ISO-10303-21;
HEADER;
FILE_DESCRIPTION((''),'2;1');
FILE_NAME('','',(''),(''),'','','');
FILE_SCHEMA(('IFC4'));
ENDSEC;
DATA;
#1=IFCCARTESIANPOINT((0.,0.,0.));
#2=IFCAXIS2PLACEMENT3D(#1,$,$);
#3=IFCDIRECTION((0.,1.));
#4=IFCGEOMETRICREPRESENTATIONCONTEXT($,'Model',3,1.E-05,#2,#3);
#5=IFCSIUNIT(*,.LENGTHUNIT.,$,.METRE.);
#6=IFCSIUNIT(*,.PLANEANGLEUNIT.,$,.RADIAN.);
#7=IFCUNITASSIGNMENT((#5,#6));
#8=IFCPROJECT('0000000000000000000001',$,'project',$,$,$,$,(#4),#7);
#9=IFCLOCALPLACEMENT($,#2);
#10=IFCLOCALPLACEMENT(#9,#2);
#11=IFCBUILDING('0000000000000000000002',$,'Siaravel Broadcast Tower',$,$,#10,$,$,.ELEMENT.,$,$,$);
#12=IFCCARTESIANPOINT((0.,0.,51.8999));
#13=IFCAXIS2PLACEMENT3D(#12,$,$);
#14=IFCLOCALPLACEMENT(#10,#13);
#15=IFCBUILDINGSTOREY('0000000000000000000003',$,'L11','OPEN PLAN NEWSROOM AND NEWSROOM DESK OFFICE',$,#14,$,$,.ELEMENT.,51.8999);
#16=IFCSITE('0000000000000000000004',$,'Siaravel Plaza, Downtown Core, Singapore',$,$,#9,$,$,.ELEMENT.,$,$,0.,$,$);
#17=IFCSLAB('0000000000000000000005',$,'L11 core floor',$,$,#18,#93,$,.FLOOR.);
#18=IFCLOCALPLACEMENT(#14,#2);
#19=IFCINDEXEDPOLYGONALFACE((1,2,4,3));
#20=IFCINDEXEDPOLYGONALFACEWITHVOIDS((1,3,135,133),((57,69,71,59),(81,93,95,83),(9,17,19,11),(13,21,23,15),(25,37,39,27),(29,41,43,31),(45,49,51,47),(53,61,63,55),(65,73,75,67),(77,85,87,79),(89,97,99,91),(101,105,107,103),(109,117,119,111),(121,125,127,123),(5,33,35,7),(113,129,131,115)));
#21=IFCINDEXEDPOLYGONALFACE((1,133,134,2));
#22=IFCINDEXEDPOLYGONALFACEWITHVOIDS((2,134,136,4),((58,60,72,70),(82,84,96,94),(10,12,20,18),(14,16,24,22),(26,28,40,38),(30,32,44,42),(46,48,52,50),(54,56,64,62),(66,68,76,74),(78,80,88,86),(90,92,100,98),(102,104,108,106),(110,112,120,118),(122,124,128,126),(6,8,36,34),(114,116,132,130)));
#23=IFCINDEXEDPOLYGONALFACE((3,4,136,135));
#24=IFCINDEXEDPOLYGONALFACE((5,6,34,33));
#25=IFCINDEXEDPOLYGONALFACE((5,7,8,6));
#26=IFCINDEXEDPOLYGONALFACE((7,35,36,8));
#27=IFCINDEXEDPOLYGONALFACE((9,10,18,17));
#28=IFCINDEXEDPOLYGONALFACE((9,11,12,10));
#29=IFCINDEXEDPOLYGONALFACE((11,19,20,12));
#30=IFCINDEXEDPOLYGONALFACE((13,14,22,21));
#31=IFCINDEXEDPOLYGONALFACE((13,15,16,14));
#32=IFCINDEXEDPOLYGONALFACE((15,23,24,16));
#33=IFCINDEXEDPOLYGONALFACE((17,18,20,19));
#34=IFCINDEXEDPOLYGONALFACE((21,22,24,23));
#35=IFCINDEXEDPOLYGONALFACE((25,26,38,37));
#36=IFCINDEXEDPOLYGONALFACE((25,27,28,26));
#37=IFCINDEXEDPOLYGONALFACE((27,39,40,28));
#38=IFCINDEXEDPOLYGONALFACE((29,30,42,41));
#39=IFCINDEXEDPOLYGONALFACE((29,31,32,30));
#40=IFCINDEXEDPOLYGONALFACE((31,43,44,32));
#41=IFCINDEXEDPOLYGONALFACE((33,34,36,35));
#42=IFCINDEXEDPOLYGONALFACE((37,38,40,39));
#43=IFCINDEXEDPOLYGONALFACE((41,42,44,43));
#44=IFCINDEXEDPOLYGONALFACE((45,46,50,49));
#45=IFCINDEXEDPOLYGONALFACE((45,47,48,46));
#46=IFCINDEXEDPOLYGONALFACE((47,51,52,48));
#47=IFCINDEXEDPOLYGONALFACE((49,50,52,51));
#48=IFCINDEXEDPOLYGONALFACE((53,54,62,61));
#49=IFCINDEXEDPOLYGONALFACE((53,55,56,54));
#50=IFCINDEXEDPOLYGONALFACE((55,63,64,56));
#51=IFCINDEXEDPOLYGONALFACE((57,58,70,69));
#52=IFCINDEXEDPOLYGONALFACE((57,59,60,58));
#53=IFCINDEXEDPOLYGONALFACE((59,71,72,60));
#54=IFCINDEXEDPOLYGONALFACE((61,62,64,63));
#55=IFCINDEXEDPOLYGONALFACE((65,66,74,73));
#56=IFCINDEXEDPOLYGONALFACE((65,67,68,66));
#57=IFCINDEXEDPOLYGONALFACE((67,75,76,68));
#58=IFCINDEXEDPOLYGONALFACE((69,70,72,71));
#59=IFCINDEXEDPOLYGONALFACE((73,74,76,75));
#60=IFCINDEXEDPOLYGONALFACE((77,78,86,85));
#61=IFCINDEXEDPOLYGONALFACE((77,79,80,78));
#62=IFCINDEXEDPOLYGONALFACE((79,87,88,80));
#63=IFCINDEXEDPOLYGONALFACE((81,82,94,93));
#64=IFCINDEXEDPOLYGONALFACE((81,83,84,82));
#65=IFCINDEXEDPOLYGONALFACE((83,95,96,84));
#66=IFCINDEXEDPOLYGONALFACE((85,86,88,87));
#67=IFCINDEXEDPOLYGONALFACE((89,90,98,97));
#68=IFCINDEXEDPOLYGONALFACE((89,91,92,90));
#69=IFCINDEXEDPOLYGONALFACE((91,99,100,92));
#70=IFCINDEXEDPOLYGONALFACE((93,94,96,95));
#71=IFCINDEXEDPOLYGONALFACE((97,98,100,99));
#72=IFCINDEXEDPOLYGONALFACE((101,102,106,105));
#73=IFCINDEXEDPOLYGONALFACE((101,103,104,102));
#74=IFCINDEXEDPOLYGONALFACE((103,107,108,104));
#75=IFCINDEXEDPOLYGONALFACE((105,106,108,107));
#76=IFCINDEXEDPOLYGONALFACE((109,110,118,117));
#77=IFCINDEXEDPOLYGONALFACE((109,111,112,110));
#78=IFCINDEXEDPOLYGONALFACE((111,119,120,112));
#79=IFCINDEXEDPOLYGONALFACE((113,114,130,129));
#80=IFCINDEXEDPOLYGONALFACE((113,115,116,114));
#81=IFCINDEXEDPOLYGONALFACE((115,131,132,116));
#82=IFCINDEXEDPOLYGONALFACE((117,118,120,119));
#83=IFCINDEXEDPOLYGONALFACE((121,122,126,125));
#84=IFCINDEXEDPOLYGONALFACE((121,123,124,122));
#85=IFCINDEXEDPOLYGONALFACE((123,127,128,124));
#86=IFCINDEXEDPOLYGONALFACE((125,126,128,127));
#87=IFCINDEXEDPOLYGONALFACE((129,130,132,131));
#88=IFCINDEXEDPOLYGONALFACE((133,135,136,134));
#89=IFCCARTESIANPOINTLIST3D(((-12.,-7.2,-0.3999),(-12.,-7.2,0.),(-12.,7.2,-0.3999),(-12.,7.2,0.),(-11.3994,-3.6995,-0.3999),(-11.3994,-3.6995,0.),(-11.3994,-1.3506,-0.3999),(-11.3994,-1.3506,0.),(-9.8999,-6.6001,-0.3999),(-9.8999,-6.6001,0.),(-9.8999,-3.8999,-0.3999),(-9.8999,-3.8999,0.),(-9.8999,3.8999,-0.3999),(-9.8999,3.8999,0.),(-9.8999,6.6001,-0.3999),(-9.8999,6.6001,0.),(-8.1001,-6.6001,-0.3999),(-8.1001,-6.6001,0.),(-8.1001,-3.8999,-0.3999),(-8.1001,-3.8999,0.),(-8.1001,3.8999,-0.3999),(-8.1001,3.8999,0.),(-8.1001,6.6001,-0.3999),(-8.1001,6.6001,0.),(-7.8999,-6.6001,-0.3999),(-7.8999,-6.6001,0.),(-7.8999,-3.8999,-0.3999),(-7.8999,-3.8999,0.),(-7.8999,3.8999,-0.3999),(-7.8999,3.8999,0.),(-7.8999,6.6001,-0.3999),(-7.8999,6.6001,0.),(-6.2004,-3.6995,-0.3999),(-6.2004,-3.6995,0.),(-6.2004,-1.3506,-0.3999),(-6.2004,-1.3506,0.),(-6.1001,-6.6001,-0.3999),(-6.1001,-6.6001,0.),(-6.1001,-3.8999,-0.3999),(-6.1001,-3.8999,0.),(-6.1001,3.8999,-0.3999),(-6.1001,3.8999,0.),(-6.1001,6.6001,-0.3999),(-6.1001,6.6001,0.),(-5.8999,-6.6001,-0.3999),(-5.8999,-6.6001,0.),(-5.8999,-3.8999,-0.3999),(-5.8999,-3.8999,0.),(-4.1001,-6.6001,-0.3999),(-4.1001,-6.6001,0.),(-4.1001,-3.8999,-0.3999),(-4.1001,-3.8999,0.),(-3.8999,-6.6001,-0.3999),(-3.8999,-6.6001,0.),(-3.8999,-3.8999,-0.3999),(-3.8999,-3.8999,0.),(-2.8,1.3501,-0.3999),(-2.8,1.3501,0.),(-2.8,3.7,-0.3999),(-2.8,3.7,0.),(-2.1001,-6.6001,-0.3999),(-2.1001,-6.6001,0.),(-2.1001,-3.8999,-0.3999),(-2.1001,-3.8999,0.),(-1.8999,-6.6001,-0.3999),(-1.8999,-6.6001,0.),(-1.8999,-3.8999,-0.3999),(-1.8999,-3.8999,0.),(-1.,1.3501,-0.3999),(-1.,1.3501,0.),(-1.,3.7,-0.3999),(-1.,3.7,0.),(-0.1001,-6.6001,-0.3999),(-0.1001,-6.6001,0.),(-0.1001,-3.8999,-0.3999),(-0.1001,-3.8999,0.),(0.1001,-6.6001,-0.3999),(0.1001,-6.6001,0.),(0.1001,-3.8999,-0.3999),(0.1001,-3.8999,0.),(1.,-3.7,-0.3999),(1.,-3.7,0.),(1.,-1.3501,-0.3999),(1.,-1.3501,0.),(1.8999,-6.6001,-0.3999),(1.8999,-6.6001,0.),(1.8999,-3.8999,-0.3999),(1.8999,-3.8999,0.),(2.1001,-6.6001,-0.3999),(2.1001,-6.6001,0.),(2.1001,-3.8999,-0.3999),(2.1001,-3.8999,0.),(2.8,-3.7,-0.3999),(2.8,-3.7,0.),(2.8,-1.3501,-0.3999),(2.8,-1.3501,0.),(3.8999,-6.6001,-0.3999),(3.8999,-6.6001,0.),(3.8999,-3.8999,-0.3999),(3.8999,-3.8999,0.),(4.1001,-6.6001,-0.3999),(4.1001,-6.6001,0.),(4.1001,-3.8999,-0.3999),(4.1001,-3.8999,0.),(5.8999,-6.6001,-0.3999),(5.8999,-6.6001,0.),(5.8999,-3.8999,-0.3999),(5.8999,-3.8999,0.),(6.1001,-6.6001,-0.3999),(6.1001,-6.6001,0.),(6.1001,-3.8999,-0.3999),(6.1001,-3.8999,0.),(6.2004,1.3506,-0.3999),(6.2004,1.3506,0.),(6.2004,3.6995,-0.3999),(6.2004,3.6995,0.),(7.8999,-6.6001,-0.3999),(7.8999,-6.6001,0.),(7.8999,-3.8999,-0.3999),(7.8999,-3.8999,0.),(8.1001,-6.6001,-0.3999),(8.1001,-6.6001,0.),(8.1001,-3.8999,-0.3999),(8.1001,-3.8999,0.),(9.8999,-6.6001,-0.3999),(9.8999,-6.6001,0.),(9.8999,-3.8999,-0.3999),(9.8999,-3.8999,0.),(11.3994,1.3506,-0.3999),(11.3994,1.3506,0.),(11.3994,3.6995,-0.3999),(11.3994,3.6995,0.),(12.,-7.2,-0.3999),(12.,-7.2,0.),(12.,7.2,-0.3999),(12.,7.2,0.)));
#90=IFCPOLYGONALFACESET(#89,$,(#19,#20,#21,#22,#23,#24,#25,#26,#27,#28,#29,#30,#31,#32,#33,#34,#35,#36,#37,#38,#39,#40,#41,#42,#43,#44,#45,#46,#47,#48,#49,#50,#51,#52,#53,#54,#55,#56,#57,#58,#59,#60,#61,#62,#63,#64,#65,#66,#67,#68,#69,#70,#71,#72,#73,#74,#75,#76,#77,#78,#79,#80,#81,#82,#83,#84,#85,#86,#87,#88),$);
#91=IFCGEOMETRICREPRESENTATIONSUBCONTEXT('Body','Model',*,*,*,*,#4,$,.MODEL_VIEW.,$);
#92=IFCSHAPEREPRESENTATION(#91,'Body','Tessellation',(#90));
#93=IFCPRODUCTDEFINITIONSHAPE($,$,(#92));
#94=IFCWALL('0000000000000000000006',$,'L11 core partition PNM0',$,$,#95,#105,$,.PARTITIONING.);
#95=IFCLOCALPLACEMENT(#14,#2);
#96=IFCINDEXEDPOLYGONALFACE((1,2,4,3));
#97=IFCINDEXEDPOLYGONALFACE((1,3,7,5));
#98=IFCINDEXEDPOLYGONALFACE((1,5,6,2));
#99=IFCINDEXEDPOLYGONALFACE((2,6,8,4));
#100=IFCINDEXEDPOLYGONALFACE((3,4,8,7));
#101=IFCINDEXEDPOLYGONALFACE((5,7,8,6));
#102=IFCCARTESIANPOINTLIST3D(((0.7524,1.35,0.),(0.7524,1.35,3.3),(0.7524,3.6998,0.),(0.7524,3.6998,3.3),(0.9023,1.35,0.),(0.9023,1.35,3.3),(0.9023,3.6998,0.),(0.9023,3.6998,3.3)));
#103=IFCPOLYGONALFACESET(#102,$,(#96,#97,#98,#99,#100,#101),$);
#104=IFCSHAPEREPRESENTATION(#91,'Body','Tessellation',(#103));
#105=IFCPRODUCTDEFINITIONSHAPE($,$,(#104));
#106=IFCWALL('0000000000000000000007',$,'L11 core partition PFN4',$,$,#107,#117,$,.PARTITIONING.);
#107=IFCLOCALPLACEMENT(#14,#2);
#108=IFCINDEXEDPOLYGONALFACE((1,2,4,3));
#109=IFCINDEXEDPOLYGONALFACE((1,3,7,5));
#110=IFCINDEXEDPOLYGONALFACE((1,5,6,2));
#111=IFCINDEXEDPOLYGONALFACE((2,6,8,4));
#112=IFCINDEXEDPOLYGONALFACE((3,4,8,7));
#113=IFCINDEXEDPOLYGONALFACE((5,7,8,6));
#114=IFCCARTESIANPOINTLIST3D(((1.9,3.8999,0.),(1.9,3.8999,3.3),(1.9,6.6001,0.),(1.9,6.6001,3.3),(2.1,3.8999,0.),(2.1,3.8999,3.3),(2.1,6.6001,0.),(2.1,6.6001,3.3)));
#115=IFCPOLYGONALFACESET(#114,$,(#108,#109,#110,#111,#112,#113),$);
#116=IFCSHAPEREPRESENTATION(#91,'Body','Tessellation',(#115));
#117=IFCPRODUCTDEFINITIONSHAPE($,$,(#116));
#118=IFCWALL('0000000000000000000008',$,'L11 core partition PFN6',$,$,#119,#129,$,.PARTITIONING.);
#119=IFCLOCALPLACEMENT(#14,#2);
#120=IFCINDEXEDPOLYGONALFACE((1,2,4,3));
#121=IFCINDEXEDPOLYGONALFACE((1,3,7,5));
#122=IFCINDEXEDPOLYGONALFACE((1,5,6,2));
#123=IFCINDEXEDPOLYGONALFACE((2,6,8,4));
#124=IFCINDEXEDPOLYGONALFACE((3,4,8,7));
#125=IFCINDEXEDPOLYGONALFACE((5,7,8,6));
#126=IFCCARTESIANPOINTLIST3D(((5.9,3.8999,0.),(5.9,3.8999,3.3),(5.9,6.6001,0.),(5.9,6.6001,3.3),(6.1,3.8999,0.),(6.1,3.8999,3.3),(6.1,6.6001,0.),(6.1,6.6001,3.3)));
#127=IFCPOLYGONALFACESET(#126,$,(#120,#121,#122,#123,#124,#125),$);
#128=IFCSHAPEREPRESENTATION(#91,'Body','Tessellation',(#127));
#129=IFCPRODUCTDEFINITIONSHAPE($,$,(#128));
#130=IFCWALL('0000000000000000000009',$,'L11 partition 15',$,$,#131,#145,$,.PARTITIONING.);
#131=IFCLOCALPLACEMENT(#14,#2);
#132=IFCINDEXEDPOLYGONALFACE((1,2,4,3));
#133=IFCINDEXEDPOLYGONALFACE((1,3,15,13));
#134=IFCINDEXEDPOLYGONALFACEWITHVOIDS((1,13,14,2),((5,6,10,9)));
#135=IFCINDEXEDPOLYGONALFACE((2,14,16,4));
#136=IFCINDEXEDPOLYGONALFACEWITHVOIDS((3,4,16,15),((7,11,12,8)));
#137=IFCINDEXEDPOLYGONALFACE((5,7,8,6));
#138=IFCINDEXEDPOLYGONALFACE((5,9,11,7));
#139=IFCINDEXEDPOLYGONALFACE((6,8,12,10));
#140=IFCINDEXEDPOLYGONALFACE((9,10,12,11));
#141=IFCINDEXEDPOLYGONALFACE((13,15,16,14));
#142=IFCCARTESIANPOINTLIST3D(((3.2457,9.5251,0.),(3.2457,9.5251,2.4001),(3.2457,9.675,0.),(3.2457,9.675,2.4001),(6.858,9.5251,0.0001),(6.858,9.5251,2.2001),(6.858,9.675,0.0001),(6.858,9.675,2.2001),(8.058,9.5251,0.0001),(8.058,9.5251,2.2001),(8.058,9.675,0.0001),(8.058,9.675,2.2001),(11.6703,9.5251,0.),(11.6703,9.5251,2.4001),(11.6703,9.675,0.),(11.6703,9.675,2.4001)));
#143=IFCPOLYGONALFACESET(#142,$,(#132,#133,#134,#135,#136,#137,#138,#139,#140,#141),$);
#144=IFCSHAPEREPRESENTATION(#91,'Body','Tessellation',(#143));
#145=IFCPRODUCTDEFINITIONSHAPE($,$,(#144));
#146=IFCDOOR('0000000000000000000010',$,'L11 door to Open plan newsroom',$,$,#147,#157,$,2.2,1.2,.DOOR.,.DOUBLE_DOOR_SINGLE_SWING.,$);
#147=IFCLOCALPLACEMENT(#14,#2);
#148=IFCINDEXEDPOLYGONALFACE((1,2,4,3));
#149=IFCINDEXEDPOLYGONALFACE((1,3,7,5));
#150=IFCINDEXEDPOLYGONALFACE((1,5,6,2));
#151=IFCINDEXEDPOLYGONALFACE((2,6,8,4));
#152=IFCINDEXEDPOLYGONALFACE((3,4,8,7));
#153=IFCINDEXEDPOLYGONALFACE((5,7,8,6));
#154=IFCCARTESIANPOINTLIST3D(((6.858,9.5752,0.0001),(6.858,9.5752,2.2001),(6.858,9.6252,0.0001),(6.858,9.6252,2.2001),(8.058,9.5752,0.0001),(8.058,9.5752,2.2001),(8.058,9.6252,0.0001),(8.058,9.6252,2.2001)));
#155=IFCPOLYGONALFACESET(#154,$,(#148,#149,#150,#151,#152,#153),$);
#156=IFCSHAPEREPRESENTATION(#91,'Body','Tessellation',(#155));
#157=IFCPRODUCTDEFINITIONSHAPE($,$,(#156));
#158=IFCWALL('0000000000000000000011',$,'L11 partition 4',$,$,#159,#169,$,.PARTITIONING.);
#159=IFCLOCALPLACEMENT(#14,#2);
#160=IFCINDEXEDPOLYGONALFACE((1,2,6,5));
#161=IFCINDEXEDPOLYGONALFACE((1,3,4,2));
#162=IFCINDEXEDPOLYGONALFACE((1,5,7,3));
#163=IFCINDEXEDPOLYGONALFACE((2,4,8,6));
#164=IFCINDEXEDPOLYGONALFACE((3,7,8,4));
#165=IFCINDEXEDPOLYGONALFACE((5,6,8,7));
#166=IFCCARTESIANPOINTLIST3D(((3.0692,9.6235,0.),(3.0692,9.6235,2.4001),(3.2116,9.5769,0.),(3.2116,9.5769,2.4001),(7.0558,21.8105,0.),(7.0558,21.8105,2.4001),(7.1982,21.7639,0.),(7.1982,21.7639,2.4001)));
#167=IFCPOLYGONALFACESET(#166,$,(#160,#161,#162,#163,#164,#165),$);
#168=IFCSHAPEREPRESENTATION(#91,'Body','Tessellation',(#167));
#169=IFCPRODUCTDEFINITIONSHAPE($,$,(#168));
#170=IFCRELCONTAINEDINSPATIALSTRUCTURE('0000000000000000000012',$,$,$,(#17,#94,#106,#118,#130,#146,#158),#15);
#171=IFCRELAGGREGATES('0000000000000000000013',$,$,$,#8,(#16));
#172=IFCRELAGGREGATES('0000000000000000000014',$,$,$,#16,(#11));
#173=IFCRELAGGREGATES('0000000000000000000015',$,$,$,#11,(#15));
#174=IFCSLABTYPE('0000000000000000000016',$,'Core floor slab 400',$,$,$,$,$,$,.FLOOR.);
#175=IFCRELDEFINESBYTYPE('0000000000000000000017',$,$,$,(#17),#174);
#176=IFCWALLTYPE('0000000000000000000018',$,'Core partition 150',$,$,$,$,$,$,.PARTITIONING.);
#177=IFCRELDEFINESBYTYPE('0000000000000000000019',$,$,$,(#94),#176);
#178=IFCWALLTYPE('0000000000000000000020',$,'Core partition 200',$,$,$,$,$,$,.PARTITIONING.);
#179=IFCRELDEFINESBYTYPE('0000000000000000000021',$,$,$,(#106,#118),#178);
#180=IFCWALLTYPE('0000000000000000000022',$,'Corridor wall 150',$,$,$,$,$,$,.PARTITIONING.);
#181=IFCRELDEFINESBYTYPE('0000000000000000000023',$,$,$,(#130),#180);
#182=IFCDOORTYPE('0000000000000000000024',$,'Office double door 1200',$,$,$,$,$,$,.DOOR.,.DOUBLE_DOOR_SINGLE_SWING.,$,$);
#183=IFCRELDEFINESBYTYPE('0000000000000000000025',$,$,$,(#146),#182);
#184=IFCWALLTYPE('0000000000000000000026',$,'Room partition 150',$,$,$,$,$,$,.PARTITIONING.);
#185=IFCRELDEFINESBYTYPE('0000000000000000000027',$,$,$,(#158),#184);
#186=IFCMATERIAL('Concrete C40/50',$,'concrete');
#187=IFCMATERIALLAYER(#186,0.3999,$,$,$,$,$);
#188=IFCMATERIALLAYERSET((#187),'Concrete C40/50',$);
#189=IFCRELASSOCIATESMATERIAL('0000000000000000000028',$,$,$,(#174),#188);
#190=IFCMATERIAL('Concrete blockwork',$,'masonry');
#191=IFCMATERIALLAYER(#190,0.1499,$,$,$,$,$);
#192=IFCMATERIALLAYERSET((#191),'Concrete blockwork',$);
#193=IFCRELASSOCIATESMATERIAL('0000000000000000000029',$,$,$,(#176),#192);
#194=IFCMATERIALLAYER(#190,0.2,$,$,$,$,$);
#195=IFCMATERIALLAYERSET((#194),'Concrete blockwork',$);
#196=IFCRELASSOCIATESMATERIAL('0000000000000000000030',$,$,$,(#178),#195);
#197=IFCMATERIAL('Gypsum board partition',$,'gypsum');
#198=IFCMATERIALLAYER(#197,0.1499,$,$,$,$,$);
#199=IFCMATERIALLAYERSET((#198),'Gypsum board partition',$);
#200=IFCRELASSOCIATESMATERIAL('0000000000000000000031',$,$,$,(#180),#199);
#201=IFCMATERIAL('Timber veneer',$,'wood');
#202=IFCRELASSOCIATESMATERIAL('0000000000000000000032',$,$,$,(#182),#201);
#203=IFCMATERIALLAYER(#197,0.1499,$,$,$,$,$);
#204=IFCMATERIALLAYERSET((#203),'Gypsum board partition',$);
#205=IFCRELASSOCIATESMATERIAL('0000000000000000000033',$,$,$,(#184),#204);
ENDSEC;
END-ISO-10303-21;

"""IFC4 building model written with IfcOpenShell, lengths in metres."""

from ifc_helpers import new_model, si_unit, direction, frame, frame_2d, origin, place, context, subcontext, project, spatial, polyline, rectangle, outline, extrude, material, layer, layer_set, type_object, element, fill, save


model = new_model("IFC4")

# Units and contexts
model_context = context("Model", 3, precision=1e-05, world=origin(), true_north=direction((0.0, 1.0)))
body_context = subcontext(model_context, "Body", "Model", "MODEL_VIEW")
ifc_project = project(units=[si_unit("LENGTHUNIT", "METRE"), si_unit("PLANEANGLEUNIT", "RADIAN")], contexts=[model_context])

# Site, building, storey
site_placement = place(None, origin())
site = spatial("IfcSite", under=ifc_project, at=site_placement, Name="Siaravel Plaza, Downtown Core, Singapore", CompositionType="ELEMENT", RefElevation=0.0)
building_placement = place(site_placement, origin())
building = spatial("IfcBuilding", under=site, at=building_placement, Name="Siaravel Broadcast Tower", CompositionType="ELEMENT")
storey_placement = place(building_placement, frame((0.0, 0.0, 51.8999)))
storey = spatial("IfcBuildingStorey", under=building, at=storey_placement, Name="L11", Description="OPEN PLAN NEWSROOM AND NEWSROOM DESK OFFICE", CompositionType="ELEMENT", Elevation=51.8999)

# Slab
ifc_material_1 = material(Name="Concrete C40/50", Category="concrete")
ifc_layer_1 = layer(ifc_material_1, 0.3999)
ifc_layer_set_1 = layer_set([ifc_layer_1], Name="Concrete C40/50")
slab_type = type_object("IfcSlabType", Name="Core floor slab 400", PredefinedType="FLOOR", material=ifc_layer_set_1)
slab_placement = place(storey_placement, frame((0.0, 0.0, -0.3999)))
element("IfcSlab", 1, at=slab_placement, inside=storey, type_object=slab_type, Name="L11 core floor", PredefinedType="FLOOR", context=body_context, shape_type="SweptSolid", body=[
    extrude(outline(polyline([(-12.0, -7.2), (-12.0, 7.2), (12.0, 7.2), (12.0, -7.2), (-12.0, -7.2)]), holes=[polyline([(11.3994, 1.3506), (11.3994, 3.6995), (6.2004, 3.6995), (6.2004, 1.3506), (11.3994, 1.3506)]), polyline([(9.8999, -3.8999), (8.1001, -3.8999), (8.1001, -6.6001), (9.8999, -6.6001), (9.8999, -3.8999)]), polyline([(7.8999, -3.8999), (6.1001, -3.8999), (6.1001, -6.6001), (7.8999, -6.6001), (7.8999, -3.8999)]), polyline([(5.8999, -3.8999), (4.1001, -3.8999), (4.1001, -6.6001), (5.8999, -6.6001), (5.8999, -3.8999)]), polyline([(3.8999, -3.8999), (2.1001, -3.8999), (2.1001, -6.6001), (3.8999, -6.6001), (3.8999, -3.8999)]), polyline([(2.8, -1.3501), (1.0, -1.3501), (1.0, -3.7), (2.8, -3.7), (2.8, -1.3501)]), polyline([(1.8999, -3.8999), (0.1001, -3.8999), (0.1001, -6.6001), (1.8999, -6.6001), (1.8999, -3.8999)]), polyline([(-0.1001, -3.8999), (-1.8999, -3.8999), (-1.8999, -6.6001), (-0.1001, -6.6001), (-0.1001, -3.8999)]), polyline([(-1.0, 3.7), (-2.8, 3.7), (-2.8, 1.3501), (-1.0, 1.3501), (-1.0, 3.7)]), polyline([(-2.1001, -3.8999), (-3.8999, -3.8999), (-3.8999, -6.6001), (-2.1001, -6.6001), (-2.1001, -3.8999)]), polyline([(-4.1001, -3.8999), (-5.8999, -3.8999), (-5.8999, -6.6001), (-4.1001, -6.6001), (-4.1001, -3.8999)]), polyline([(-6.1001, -3.8999), (-7.8999, -3.8999), (-7.8999, -6.6001), (-6.1001, -6.6001), (-6.1001, -3.8999)]), polyline([(-6.1001, 6.6001), (-7.8999, 6.6001), (-7.8999, 3.8999), (-6.1001, 3.8999), (-6.1001, 6.6001)]), polyline([(-11.3994, -1.3506), (-11.3994, -3.6995), (-6.2004, -3.6995), (-6.2004, -1.3506), (-11.3994, -1.3506)]), polyline([(-8.1001, -3.8999), (-9.8999, -3.8999), (-9.8999, -6.6001), (-8.1001, -6.6001), (-8.1001, -3.8999)]), polyline([(-8.1001, 6.6001), (-9.8999, 6.6001), (-9.8999, 3.8999), (-8.1001, 3.8999), (-8.1001, 6.6001)])]), origin(), (0.0, 0.0, 1.0), 0.3999),
])

# Walls
ifc_material_2 = material(Name="Concrete blockwork", Category="masonry")
ifc_layer_2 = layer(ifc_material_2, 0.1499)
ifc_layer_set_2 = layer_set([ifc_layer_2], Name="Concrete blockwork")
wall_type_1 = type_object("IfcWallType", Name="Core partition 150", PredefinedType="PARTITIONING", material=ifc_layer_set_2)
wall_1_placement = place(storey_placement, frame((0.8274, 1.3501, 0.0), z_axis=(0.0, 0.0, 1.0), x_axis=(0.0, 1.0, 0.0)))
element("IfcWall", 2, at=wall_1_placement, inside=storey, type_object=wall_type_1, Name="L11 core partition PNM0", PredefinedType="PARTITIONING", context=body_context, shape_type="SweptSolid", body=[
    extrude(rectangle(XDim=2.3499, YDim=0.1499, at=frame_2d((1.1748, 0.0))), origin(), (0.0, 0.0, 1.0), 3.3),
])
ifc_layer_3 = layer(ifc_material_2, 0.2)
ifc_layer_set_3 = layer_set([ifc_layer_3], Name="Concrete blockwork")
wall_type_2 = type_object("IfcWallType", Name="Core partition 200", PredefinedType="PARTITIONING", material=ifc_layer_set_3)
for number, where, z_axis, x_axis, name in (
    (3, (2.0, 3.8999, 0.0), (0.0, 0.0, 1.0), (0.0, 1.0, 0.0), "L11 core partition PFN4"),
    (4, (6.0, 3.8999, 0.0), (0.0, 0.0, 1.0), (0.0, 1.0, 0.0), "L11 core partition PFN6"),
):
    element("IfcWall", number, at=place(storey_placement, frame(where, z_axis=z_axis, x_axis=x_axis)), inside=storey, type_object=wall_type_2, Name=name, PredefinedType="PARTITIONING", context=body_context, shape_type="SweptSolid", body=[
        extrude(rectangle(XDim=2.7002, YDim=0.2, at=frame_2d((1.3501, 0.0))), origin(), (0.0, 0.0, 1.0), 3.3),
    ])

# Wall, opening, door
ifc_material_3 = material(Name="Gypsum board partition", Category="gypsum")
ifc_layer_4 = layer(ifc_material_3, 0.1499)
ifc_layer_set_4 = layer_set([ifc_layer_4], Name="Gypsum board partition")
wall_type_3 = type_object("IfcWallType", Name="Corridor wall 150", PredefinedType="PARTITIONING", material=ifc_layer_set_4)
wall_2_placement = place(storey_placement, frame((11.6704, 9.6001, 0.0), z_axis=(0.0, 0.0, 1.0), x_axis=(-1.0, 0.0, 0.0)))
wall_2 = element("IfcWall", 5, at=wall_2_placement, inside=storey, type_object=wall_type_3, Name="L11 partition 15", PredefinedType="PARTITIONING", context=body_context, shape_type="SweptSolid", body=[
    extrude(rectangle(XDim=8.4246, YDim=0.1499, at=frame_2d((4.2124, 0.0))), origin(), (0.0, 0.0, 1.0), 2.4001),
])
opening_1_placement = place(wall_2_placement, frame((3.6123, 0.0, 0.0)))
opening_1 = element("IfcOpeningElement", 6, at=opening_1_placement, cuts=wall_2, PredefinedType="OPENING", context=body_context, shape_type="SweptSolid", body=[
    extrude(rectangle(XDim=1.2, YDim=2.2, at=frame_2d((0.6001, 1.1001))), frame((0.0, 0.085, 0.0), z_axis=(0.0, -1.0, 0.0), x_axis=(1.0, 0.0, 0.0)), (0.0, 0.0, 1.0), 0.1699),
])
ifc_material_4 = material(Name="Timber veneer", Category="wood")
door_type_1 = type_object("IfcDoorType", Name="Office double door 1200", OperationType="DOUBLE_DOOR_SINGLE_SWING", PredefinedType="DOOR", material=ifc_material_4)
door_1_placement = place(opening_1_placement, origin())
door_1 = element("IfcDoor", 7, at=door_1_placement, inside=storey, type_object=door_type_1, Name="L11 door to Open plan newsroom", OperationType="DOUBLE_DOOR_SINGLE_SWING", OverallHeight=2.2, OverallWidth=1.2, PredefinedType="DOOR", context=body_context, shape_type="SweptSolid", body=[
    extrude(rectangle(XDim=1.2, YDim=2.2, at=frame_2d((0.6001, 1.1001))), frame((0.0, 0.0249, 0.0), z_axis=(0.0, -1.0, 0.0), x_axis=(1.0, 0.0, 0.0)), (0.0, 0.0, 1.0), 0.05),
])
fill(opening_1, door_1)

# Wall
ifc_layer_5 = layer(ifc_material_3, 0.1499)
ifc_layer_set_5 = layer_set([ifc_layer_5], Name="Gypsum board partition")
wall_type_4 = type_object("IfcWallType", Name="Room partition 150", PredefinedType="PARTITIONING", material=ifc_layer_set_5)
wall_3_placement = place(storey_placement, frame((7.127, 21.7871, 0.0), z_axis=(0.0, 0.0, 1.0), x_axis=(-0.310905, -0.950441, 0.0)))
element("IfcWall", 8, at=wall_3_placement, inside=storey, type_object=wall_type_4, Name="L11 partition 4", PredefinedType="PARTITIONING", context=body_context, shape_type="SweptSolid", body=[
    extrude(rectangle(XDim=12.8225, YDim=0.1499, at=frame_2d((6.4111, 0.0))), origin(), (0.0, 0.0, 1.0), 2.4001),
])

save(model, "model.ifc")
